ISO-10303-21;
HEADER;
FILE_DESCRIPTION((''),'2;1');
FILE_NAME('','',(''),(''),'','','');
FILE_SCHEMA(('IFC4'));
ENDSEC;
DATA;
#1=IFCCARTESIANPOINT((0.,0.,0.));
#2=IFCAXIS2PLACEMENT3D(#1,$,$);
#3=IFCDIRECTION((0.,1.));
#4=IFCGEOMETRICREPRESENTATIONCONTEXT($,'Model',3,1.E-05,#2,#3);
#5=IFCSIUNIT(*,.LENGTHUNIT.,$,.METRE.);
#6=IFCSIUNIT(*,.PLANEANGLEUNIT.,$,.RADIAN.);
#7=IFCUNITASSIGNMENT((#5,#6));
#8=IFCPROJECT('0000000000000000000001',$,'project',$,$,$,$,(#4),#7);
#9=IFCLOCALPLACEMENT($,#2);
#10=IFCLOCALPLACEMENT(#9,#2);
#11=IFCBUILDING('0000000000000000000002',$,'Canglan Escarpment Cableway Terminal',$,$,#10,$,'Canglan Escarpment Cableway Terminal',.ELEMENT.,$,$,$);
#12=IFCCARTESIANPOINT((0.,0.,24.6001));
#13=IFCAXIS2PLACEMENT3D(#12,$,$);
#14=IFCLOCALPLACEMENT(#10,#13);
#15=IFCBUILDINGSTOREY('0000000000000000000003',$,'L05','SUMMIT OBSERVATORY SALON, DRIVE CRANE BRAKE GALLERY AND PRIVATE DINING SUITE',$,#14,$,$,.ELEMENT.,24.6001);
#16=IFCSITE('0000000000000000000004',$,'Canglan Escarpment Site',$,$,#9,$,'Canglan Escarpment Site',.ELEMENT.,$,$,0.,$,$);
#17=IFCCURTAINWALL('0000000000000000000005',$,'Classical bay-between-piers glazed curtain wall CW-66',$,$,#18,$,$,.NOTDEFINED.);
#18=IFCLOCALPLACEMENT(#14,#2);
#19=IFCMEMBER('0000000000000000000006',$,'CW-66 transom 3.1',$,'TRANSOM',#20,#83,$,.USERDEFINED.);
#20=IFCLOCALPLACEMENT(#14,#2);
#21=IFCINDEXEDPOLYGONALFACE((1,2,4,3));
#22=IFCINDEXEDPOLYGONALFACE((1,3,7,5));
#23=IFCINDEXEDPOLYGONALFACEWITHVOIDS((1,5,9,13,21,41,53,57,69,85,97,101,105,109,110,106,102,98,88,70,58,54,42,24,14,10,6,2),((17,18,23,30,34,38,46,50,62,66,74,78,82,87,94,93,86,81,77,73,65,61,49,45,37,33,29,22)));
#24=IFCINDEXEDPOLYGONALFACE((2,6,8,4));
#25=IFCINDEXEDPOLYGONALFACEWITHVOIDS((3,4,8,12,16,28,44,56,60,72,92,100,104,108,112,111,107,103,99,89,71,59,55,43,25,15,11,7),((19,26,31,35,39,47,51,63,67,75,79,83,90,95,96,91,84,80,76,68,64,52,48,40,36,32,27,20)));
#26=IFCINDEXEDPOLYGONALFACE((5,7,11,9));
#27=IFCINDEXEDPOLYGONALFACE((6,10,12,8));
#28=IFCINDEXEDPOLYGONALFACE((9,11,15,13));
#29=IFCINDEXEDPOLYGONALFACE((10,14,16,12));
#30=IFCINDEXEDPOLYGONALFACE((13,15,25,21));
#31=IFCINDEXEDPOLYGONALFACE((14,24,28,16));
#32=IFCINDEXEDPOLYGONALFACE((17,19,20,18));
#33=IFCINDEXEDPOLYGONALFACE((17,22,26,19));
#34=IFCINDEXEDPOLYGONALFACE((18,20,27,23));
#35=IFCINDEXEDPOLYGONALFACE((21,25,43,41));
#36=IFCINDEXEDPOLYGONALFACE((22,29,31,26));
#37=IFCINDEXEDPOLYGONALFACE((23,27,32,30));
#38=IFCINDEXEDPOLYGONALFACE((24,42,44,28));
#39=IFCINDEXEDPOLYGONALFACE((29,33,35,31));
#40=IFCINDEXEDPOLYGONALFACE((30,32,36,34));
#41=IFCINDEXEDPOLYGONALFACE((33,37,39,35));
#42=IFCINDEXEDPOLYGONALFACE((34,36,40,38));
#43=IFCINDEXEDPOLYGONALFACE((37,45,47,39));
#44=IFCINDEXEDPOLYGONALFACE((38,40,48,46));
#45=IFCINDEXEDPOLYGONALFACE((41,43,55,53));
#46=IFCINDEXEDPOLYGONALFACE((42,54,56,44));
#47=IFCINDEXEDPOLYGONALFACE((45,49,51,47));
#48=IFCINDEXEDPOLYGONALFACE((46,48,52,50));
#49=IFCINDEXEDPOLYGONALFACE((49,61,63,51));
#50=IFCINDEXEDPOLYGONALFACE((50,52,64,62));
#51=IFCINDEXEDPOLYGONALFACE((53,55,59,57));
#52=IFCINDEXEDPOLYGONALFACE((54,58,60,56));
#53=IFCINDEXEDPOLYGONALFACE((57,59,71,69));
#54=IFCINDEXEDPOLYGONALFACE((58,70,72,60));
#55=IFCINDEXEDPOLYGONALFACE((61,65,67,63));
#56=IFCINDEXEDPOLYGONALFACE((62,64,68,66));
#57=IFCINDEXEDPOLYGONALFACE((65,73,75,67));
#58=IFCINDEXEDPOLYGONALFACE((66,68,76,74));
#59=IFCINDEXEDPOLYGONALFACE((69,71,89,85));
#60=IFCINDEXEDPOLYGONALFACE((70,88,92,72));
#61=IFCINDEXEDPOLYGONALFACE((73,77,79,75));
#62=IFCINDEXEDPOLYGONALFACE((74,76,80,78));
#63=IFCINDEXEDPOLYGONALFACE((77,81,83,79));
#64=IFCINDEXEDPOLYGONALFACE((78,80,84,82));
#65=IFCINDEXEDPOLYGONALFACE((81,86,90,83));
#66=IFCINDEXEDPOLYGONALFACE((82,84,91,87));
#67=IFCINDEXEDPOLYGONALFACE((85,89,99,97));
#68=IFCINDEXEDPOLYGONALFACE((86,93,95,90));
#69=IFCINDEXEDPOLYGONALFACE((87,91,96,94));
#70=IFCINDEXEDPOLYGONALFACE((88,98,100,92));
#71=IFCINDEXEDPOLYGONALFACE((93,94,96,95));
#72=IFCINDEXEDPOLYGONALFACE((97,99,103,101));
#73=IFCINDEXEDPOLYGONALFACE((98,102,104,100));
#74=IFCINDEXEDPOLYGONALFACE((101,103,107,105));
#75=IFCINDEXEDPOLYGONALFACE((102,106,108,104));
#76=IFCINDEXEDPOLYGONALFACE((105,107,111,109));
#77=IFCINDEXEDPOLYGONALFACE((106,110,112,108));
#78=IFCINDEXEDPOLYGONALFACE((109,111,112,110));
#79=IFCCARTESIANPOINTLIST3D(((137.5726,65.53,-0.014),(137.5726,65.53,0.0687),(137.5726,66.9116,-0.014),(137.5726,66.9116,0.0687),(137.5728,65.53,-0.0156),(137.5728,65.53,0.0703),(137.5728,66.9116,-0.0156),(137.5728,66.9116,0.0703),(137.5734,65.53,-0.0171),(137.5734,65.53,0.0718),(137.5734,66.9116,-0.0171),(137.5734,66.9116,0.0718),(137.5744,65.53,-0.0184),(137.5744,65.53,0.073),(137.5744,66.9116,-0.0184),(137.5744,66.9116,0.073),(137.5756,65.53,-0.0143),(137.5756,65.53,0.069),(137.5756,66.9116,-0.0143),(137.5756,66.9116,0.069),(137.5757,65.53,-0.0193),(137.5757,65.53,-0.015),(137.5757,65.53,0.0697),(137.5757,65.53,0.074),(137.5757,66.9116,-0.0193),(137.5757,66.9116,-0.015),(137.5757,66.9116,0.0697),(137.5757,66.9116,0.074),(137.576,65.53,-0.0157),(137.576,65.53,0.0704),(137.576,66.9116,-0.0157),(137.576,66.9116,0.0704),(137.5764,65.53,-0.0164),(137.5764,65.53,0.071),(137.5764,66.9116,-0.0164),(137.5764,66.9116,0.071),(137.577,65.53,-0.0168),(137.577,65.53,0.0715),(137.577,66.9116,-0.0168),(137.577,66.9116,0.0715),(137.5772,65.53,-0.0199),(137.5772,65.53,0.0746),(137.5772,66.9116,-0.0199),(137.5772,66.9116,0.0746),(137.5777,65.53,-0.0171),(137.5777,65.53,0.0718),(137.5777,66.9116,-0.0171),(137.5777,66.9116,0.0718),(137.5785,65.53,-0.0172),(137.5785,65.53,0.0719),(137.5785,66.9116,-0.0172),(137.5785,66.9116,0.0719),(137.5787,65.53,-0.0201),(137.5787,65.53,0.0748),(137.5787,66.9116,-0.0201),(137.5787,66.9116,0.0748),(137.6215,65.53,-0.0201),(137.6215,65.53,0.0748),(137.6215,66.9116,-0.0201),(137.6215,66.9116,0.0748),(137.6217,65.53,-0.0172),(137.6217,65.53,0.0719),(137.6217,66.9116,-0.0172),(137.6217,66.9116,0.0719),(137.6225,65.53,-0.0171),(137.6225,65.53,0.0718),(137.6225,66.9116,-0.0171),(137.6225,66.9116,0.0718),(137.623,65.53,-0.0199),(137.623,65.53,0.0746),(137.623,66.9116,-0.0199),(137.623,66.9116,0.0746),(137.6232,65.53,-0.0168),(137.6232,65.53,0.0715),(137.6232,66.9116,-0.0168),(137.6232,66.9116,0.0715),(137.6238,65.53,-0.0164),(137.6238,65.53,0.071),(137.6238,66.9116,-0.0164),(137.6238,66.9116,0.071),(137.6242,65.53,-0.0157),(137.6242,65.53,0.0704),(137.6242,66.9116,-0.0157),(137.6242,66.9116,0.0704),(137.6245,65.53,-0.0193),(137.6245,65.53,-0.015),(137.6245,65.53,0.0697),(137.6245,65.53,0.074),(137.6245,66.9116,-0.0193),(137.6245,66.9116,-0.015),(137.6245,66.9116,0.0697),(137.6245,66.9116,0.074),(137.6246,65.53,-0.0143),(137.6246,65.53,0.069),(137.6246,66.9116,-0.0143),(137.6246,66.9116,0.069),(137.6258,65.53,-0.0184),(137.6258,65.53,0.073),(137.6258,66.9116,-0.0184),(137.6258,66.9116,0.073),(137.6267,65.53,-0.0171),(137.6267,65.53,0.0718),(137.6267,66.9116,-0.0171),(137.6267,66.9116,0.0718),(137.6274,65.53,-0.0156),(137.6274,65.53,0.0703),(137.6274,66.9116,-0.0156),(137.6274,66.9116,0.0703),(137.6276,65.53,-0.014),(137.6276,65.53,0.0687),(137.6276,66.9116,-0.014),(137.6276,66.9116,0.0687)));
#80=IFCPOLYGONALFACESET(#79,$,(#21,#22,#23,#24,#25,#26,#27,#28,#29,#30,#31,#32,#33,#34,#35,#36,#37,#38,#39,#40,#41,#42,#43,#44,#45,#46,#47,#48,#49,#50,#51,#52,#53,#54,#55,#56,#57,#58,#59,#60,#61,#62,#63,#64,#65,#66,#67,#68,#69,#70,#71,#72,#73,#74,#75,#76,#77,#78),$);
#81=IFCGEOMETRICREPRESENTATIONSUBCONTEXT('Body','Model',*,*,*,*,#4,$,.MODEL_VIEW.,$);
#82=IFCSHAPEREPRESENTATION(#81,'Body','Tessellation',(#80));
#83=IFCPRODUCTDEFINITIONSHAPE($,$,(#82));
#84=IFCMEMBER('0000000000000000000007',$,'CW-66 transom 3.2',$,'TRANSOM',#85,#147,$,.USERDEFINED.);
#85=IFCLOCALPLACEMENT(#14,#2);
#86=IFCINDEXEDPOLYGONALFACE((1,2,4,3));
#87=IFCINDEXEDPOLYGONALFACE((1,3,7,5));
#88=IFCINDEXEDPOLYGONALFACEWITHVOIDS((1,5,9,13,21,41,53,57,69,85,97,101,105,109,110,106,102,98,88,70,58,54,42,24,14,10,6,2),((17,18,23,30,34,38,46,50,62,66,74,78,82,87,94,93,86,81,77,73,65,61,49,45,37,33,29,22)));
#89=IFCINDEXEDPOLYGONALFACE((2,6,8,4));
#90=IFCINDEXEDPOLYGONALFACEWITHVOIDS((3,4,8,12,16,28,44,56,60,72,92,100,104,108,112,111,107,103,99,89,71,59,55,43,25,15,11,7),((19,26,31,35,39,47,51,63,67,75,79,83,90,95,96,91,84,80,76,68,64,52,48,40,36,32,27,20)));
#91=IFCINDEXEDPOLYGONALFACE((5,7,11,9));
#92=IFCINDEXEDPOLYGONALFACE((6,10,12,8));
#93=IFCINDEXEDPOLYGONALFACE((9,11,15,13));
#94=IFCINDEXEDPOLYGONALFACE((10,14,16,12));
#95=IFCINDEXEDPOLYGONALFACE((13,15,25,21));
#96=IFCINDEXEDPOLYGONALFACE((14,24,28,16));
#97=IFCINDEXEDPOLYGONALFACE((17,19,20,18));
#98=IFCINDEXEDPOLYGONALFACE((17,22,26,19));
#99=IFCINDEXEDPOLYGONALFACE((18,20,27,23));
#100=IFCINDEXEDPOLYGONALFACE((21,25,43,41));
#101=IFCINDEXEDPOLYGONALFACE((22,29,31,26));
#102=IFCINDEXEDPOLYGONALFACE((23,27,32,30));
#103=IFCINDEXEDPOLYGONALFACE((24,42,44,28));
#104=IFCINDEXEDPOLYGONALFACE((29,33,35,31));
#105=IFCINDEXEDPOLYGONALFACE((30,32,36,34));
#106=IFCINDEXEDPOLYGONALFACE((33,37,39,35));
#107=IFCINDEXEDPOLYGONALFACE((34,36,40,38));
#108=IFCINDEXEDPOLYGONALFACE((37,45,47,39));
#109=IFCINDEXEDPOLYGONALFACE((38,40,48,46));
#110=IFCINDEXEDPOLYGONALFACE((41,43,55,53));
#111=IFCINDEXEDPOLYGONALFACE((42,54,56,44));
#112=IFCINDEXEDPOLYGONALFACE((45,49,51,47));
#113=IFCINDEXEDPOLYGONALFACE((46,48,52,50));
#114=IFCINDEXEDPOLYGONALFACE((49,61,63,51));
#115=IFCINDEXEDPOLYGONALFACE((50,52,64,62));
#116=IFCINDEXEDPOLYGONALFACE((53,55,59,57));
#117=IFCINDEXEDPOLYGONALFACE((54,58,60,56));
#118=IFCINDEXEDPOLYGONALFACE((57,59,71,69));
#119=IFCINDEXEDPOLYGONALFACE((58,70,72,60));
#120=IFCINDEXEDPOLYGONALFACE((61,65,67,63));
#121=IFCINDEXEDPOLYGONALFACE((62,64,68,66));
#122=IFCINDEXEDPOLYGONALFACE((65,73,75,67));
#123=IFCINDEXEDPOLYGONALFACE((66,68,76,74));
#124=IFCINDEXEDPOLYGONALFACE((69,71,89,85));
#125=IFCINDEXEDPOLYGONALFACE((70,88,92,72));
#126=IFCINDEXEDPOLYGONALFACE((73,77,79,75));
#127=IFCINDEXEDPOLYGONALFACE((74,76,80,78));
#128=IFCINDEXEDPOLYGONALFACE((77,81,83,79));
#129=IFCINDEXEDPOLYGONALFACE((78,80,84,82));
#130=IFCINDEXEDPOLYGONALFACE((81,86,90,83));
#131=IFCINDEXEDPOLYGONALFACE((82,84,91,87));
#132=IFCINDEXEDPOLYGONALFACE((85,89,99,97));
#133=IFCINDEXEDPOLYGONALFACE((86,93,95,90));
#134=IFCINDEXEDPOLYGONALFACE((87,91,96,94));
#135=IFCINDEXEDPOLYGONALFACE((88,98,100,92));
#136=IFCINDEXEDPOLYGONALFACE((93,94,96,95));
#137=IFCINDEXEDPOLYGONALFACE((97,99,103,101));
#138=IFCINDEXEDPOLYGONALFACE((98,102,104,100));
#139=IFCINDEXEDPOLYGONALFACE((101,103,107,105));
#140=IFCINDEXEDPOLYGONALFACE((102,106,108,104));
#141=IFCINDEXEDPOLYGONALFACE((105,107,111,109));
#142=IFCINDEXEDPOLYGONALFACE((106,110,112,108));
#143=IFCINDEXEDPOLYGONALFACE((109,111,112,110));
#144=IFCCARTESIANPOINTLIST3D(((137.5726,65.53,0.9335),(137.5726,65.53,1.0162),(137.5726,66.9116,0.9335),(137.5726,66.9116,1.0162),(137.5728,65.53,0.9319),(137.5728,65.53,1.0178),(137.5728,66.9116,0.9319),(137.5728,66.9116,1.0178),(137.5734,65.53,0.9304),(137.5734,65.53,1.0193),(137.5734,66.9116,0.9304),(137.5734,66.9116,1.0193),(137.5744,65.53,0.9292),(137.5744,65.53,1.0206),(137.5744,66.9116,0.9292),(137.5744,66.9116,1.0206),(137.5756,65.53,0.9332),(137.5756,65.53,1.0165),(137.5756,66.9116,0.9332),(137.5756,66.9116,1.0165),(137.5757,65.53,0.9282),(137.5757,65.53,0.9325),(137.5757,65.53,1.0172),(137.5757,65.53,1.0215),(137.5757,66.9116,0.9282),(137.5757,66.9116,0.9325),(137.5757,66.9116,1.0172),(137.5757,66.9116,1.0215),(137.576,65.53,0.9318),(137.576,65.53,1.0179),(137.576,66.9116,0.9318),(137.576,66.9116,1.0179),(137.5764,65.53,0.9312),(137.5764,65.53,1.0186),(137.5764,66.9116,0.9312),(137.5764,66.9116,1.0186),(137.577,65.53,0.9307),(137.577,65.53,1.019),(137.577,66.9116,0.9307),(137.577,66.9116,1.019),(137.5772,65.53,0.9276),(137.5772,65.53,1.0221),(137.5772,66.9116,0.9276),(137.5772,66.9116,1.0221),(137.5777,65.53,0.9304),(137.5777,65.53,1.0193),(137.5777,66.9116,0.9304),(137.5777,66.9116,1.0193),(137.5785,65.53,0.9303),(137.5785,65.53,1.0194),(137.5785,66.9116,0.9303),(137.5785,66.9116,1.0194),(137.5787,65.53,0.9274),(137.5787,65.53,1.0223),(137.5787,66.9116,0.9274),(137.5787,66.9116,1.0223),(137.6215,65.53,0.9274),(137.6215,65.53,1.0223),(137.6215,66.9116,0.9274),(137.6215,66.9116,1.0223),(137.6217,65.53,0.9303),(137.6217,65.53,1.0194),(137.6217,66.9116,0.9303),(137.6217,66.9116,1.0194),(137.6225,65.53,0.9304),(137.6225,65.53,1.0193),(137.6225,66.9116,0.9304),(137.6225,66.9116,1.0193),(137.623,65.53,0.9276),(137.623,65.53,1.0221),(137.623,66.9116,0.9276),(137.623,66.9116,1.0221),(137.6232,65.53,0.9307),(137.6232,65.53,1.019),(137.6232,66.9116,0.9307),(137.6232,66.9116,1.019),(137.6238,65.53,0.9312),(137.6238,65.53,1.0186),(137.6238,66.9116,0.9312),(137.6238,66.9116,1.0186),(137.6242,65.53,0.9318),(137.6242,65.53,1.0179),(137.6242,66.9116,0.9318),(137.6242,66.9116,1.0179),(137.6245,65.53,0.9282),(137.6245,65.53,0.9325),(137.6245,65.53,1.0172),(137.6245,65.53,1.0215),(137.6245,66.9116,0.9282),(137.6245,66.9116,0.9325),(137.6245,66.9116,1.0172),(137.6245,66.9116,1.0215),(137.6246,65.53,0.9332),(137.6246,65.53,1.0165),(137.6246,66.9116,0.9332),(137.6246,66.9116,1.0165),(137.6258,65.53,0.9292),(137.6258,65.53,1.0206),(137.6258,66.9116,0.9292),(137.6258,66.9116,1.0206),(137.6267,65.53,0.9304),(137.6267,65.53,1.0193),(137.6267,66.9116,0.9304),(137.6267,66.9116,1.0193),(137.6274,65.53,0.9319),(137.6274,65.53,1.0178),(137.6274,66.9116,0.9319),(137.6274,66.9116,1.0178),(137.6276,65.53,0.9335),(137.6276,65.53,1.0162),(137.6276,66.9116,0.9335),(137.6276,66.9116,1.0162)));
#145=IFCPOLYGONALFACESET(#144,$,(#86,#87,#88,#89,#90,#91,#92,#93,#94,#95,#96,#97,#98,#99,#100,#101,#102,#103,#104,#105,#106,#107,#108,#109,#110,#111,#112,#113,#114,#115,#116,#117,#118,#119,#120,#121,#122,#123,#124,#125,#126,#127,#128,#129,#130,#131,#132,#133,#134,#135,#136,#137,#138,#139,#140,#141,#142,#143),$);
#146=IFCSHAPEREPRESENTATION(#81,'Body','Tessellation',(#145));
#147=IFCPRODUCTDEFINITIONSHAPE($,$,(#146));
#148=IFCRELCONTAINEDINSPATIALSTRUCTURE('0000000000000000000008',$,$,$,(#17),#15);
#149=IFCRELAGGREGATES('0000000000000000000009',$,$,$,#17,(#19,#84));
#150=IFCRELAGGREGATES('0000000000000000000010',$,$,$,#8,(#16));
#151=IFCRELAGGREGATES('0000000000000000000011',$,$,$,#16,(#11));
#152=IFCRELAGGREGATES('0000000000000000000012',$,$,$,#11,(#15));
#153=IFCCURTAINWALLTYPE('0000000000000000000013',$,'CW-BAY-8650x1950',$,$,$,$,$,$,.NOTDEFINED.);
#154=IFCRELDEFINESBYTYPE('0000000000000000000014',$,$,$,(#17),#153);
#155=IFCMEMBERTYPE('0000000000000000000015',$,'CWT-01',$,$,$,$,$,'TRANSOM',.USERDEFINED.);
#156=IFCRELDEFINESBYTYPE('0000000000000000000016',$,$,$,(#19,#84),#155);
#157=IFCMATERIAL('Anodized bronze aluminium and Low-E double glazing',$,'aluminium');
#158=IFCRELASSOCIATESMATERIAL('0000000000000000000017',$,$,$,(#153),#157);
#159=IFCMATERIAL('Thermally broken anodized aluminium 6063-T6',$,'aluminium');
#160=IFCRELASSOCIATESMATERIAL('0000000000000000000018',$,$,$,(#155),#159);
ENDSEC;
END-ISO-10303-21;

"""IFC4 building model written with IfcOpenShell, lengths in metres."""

from ifc_helpers import new_model, si_unit, direction, frame, origin, origin_2d, place, context, subcontext, project, spatial, hollow_rectangle, extrude, material, material_profile, profile_set, type_object, element, aggregate, save


model = new_model("IFC4")

# Units and contexts
model_context = context("Model", 3, precision=1e-05, world=origin(), true_north=direction((0.0, 1.0)))
body_context = subcontext(model_context, "Body", "Model", "MODEL_VIEW")
ifc_project = project(units=[si_unit("LENGTHUNIT", "METRE"), si_unit("PLANEANGLEUNIT", "RADIAN")], contexts=[model_context])

# Site, building, storey
site_placement = place(None, origin())
site = spatial("IfcSite", under=ifc_project, at=site_placement, Name="Canglan Escarpment Site", LongName="Canglan Escarpment Site", CompositionType="ELEMENT", RefElevation=0.0)
building_placement = place(site_placement, origin())
building = spatial("IfcBuilding", under=site, at=building_placement, Name="Canglan Escarpment Cableway Terminal", LongName="Canglan Escarpment Cableway Terminal", CompositionType="ELEMENT")
storey_placement = place(building_placement, frame((0.0, 0.0, 24.6001)))
storey = spatial("IfcBuildingStorey", under=building, at=storey_placement, Name="L05", Description="SUMMIT OBSERVATORY SALON, DRIVE CRANE BRAKE GALLERY AND PRIVATE DINING SUITE", CompositionType="ELEMENT", Elevation=24.6001)

# Curtain wall, members
ifc_material_1 = material(Name="Anodized bronze aluminium and Low-E double glazing", Category="aluminium")
curtain_wall_type = type_object("IfcCurtainWallType", Name="CW-BAY-8650x1950", PredefinedType="NOTDEFINED", material=ifc_material_1)
curtain_wall_placement = place(storey_placement, origin())
curtain_wall = element("IfcCurtainWall", 1, at=curtain_wall_placement, inside=storey, type_object=curtain_wall_type, Name="Classical bay-between-piers glazed curtain wall CW-66", PredefinedType="NOTDEFINED")
ifc_material_2 = material(Name="Thermally broken anodized aluminium 6063-T6", Category="aluminium")
ifc_material_profile_1 = material_profile(ifc_material_2, hollow_rectangle(XDim=0.0549, YDim=0.095, WallThickness=0.0029, InnerFilletRadius=0.0029, OuterFilletRadius=0.0061, at=origin_2d()), Name="ALU-TRAN 55x95x3")
ifc_profile_set_1 = profile_set([ifc_material_profile_1], Name="Thermally broken anodized aluminium 6063-T6")
member_type_1 = type_object("IfcMemberType", Name="CWT-01", ElementType="TRANSOM", PredefinedType="USERDEFINED", material=ifc_profile_set_1)
member_1_placement = place(storey_placement, frame((137.6001, 66.9116, 0.0273), z_axis=(0.0, -1.0, 0.0), x_axis=(1.0, 0.0, 0.0)))
member_1 = element("IfcMember", 2, at=member_1_placement, type_object=member_type_1, Name="CW-66 transom 3.1", ObjectType="TRANSOM", PredefinedType="USERDEFINED", context=body_context, shape_type="SweptSolid", body=[
    extrude(hollow_rectangle(XDim=0.0549, YDim=0.095, WallThickness=0.0029, InnerFilletRadius=0.0029, OuterFilletRadius=0.0061, at=origin_2d()), origin(), (0.0, 0.0, 1.0), 1.3816),
])
member_2_placement = place(storey_placement, frame((137.6001, 66.9116, 0.9749), z_axis=(0.0, -1.0, 0.0), x_axis=(1.0, 0.0, 0.0)))
member_2 = element("IfcMember", 3, at=member_2_placement, type_object=member_type_1, Name="CW-66 transom 3.2", ObjectType="TRANSOM", PredefinedType="USERDEFINED", context=body_context, shape_type="SweptSolid", body=[
    extrude(hollow_rectangle(XDim=0.0549, YDim=0.095, WallThickness=0.0029, InnerFilletRadius=0.0029, OuterFilletRadius=0.0061, at=origin_2d()), origin(), (0.0, 0.0, 1.0), 1.3816),
])
aggregate(curtain_wall, [member_1, member_2])

save(model, "model.ifc")
